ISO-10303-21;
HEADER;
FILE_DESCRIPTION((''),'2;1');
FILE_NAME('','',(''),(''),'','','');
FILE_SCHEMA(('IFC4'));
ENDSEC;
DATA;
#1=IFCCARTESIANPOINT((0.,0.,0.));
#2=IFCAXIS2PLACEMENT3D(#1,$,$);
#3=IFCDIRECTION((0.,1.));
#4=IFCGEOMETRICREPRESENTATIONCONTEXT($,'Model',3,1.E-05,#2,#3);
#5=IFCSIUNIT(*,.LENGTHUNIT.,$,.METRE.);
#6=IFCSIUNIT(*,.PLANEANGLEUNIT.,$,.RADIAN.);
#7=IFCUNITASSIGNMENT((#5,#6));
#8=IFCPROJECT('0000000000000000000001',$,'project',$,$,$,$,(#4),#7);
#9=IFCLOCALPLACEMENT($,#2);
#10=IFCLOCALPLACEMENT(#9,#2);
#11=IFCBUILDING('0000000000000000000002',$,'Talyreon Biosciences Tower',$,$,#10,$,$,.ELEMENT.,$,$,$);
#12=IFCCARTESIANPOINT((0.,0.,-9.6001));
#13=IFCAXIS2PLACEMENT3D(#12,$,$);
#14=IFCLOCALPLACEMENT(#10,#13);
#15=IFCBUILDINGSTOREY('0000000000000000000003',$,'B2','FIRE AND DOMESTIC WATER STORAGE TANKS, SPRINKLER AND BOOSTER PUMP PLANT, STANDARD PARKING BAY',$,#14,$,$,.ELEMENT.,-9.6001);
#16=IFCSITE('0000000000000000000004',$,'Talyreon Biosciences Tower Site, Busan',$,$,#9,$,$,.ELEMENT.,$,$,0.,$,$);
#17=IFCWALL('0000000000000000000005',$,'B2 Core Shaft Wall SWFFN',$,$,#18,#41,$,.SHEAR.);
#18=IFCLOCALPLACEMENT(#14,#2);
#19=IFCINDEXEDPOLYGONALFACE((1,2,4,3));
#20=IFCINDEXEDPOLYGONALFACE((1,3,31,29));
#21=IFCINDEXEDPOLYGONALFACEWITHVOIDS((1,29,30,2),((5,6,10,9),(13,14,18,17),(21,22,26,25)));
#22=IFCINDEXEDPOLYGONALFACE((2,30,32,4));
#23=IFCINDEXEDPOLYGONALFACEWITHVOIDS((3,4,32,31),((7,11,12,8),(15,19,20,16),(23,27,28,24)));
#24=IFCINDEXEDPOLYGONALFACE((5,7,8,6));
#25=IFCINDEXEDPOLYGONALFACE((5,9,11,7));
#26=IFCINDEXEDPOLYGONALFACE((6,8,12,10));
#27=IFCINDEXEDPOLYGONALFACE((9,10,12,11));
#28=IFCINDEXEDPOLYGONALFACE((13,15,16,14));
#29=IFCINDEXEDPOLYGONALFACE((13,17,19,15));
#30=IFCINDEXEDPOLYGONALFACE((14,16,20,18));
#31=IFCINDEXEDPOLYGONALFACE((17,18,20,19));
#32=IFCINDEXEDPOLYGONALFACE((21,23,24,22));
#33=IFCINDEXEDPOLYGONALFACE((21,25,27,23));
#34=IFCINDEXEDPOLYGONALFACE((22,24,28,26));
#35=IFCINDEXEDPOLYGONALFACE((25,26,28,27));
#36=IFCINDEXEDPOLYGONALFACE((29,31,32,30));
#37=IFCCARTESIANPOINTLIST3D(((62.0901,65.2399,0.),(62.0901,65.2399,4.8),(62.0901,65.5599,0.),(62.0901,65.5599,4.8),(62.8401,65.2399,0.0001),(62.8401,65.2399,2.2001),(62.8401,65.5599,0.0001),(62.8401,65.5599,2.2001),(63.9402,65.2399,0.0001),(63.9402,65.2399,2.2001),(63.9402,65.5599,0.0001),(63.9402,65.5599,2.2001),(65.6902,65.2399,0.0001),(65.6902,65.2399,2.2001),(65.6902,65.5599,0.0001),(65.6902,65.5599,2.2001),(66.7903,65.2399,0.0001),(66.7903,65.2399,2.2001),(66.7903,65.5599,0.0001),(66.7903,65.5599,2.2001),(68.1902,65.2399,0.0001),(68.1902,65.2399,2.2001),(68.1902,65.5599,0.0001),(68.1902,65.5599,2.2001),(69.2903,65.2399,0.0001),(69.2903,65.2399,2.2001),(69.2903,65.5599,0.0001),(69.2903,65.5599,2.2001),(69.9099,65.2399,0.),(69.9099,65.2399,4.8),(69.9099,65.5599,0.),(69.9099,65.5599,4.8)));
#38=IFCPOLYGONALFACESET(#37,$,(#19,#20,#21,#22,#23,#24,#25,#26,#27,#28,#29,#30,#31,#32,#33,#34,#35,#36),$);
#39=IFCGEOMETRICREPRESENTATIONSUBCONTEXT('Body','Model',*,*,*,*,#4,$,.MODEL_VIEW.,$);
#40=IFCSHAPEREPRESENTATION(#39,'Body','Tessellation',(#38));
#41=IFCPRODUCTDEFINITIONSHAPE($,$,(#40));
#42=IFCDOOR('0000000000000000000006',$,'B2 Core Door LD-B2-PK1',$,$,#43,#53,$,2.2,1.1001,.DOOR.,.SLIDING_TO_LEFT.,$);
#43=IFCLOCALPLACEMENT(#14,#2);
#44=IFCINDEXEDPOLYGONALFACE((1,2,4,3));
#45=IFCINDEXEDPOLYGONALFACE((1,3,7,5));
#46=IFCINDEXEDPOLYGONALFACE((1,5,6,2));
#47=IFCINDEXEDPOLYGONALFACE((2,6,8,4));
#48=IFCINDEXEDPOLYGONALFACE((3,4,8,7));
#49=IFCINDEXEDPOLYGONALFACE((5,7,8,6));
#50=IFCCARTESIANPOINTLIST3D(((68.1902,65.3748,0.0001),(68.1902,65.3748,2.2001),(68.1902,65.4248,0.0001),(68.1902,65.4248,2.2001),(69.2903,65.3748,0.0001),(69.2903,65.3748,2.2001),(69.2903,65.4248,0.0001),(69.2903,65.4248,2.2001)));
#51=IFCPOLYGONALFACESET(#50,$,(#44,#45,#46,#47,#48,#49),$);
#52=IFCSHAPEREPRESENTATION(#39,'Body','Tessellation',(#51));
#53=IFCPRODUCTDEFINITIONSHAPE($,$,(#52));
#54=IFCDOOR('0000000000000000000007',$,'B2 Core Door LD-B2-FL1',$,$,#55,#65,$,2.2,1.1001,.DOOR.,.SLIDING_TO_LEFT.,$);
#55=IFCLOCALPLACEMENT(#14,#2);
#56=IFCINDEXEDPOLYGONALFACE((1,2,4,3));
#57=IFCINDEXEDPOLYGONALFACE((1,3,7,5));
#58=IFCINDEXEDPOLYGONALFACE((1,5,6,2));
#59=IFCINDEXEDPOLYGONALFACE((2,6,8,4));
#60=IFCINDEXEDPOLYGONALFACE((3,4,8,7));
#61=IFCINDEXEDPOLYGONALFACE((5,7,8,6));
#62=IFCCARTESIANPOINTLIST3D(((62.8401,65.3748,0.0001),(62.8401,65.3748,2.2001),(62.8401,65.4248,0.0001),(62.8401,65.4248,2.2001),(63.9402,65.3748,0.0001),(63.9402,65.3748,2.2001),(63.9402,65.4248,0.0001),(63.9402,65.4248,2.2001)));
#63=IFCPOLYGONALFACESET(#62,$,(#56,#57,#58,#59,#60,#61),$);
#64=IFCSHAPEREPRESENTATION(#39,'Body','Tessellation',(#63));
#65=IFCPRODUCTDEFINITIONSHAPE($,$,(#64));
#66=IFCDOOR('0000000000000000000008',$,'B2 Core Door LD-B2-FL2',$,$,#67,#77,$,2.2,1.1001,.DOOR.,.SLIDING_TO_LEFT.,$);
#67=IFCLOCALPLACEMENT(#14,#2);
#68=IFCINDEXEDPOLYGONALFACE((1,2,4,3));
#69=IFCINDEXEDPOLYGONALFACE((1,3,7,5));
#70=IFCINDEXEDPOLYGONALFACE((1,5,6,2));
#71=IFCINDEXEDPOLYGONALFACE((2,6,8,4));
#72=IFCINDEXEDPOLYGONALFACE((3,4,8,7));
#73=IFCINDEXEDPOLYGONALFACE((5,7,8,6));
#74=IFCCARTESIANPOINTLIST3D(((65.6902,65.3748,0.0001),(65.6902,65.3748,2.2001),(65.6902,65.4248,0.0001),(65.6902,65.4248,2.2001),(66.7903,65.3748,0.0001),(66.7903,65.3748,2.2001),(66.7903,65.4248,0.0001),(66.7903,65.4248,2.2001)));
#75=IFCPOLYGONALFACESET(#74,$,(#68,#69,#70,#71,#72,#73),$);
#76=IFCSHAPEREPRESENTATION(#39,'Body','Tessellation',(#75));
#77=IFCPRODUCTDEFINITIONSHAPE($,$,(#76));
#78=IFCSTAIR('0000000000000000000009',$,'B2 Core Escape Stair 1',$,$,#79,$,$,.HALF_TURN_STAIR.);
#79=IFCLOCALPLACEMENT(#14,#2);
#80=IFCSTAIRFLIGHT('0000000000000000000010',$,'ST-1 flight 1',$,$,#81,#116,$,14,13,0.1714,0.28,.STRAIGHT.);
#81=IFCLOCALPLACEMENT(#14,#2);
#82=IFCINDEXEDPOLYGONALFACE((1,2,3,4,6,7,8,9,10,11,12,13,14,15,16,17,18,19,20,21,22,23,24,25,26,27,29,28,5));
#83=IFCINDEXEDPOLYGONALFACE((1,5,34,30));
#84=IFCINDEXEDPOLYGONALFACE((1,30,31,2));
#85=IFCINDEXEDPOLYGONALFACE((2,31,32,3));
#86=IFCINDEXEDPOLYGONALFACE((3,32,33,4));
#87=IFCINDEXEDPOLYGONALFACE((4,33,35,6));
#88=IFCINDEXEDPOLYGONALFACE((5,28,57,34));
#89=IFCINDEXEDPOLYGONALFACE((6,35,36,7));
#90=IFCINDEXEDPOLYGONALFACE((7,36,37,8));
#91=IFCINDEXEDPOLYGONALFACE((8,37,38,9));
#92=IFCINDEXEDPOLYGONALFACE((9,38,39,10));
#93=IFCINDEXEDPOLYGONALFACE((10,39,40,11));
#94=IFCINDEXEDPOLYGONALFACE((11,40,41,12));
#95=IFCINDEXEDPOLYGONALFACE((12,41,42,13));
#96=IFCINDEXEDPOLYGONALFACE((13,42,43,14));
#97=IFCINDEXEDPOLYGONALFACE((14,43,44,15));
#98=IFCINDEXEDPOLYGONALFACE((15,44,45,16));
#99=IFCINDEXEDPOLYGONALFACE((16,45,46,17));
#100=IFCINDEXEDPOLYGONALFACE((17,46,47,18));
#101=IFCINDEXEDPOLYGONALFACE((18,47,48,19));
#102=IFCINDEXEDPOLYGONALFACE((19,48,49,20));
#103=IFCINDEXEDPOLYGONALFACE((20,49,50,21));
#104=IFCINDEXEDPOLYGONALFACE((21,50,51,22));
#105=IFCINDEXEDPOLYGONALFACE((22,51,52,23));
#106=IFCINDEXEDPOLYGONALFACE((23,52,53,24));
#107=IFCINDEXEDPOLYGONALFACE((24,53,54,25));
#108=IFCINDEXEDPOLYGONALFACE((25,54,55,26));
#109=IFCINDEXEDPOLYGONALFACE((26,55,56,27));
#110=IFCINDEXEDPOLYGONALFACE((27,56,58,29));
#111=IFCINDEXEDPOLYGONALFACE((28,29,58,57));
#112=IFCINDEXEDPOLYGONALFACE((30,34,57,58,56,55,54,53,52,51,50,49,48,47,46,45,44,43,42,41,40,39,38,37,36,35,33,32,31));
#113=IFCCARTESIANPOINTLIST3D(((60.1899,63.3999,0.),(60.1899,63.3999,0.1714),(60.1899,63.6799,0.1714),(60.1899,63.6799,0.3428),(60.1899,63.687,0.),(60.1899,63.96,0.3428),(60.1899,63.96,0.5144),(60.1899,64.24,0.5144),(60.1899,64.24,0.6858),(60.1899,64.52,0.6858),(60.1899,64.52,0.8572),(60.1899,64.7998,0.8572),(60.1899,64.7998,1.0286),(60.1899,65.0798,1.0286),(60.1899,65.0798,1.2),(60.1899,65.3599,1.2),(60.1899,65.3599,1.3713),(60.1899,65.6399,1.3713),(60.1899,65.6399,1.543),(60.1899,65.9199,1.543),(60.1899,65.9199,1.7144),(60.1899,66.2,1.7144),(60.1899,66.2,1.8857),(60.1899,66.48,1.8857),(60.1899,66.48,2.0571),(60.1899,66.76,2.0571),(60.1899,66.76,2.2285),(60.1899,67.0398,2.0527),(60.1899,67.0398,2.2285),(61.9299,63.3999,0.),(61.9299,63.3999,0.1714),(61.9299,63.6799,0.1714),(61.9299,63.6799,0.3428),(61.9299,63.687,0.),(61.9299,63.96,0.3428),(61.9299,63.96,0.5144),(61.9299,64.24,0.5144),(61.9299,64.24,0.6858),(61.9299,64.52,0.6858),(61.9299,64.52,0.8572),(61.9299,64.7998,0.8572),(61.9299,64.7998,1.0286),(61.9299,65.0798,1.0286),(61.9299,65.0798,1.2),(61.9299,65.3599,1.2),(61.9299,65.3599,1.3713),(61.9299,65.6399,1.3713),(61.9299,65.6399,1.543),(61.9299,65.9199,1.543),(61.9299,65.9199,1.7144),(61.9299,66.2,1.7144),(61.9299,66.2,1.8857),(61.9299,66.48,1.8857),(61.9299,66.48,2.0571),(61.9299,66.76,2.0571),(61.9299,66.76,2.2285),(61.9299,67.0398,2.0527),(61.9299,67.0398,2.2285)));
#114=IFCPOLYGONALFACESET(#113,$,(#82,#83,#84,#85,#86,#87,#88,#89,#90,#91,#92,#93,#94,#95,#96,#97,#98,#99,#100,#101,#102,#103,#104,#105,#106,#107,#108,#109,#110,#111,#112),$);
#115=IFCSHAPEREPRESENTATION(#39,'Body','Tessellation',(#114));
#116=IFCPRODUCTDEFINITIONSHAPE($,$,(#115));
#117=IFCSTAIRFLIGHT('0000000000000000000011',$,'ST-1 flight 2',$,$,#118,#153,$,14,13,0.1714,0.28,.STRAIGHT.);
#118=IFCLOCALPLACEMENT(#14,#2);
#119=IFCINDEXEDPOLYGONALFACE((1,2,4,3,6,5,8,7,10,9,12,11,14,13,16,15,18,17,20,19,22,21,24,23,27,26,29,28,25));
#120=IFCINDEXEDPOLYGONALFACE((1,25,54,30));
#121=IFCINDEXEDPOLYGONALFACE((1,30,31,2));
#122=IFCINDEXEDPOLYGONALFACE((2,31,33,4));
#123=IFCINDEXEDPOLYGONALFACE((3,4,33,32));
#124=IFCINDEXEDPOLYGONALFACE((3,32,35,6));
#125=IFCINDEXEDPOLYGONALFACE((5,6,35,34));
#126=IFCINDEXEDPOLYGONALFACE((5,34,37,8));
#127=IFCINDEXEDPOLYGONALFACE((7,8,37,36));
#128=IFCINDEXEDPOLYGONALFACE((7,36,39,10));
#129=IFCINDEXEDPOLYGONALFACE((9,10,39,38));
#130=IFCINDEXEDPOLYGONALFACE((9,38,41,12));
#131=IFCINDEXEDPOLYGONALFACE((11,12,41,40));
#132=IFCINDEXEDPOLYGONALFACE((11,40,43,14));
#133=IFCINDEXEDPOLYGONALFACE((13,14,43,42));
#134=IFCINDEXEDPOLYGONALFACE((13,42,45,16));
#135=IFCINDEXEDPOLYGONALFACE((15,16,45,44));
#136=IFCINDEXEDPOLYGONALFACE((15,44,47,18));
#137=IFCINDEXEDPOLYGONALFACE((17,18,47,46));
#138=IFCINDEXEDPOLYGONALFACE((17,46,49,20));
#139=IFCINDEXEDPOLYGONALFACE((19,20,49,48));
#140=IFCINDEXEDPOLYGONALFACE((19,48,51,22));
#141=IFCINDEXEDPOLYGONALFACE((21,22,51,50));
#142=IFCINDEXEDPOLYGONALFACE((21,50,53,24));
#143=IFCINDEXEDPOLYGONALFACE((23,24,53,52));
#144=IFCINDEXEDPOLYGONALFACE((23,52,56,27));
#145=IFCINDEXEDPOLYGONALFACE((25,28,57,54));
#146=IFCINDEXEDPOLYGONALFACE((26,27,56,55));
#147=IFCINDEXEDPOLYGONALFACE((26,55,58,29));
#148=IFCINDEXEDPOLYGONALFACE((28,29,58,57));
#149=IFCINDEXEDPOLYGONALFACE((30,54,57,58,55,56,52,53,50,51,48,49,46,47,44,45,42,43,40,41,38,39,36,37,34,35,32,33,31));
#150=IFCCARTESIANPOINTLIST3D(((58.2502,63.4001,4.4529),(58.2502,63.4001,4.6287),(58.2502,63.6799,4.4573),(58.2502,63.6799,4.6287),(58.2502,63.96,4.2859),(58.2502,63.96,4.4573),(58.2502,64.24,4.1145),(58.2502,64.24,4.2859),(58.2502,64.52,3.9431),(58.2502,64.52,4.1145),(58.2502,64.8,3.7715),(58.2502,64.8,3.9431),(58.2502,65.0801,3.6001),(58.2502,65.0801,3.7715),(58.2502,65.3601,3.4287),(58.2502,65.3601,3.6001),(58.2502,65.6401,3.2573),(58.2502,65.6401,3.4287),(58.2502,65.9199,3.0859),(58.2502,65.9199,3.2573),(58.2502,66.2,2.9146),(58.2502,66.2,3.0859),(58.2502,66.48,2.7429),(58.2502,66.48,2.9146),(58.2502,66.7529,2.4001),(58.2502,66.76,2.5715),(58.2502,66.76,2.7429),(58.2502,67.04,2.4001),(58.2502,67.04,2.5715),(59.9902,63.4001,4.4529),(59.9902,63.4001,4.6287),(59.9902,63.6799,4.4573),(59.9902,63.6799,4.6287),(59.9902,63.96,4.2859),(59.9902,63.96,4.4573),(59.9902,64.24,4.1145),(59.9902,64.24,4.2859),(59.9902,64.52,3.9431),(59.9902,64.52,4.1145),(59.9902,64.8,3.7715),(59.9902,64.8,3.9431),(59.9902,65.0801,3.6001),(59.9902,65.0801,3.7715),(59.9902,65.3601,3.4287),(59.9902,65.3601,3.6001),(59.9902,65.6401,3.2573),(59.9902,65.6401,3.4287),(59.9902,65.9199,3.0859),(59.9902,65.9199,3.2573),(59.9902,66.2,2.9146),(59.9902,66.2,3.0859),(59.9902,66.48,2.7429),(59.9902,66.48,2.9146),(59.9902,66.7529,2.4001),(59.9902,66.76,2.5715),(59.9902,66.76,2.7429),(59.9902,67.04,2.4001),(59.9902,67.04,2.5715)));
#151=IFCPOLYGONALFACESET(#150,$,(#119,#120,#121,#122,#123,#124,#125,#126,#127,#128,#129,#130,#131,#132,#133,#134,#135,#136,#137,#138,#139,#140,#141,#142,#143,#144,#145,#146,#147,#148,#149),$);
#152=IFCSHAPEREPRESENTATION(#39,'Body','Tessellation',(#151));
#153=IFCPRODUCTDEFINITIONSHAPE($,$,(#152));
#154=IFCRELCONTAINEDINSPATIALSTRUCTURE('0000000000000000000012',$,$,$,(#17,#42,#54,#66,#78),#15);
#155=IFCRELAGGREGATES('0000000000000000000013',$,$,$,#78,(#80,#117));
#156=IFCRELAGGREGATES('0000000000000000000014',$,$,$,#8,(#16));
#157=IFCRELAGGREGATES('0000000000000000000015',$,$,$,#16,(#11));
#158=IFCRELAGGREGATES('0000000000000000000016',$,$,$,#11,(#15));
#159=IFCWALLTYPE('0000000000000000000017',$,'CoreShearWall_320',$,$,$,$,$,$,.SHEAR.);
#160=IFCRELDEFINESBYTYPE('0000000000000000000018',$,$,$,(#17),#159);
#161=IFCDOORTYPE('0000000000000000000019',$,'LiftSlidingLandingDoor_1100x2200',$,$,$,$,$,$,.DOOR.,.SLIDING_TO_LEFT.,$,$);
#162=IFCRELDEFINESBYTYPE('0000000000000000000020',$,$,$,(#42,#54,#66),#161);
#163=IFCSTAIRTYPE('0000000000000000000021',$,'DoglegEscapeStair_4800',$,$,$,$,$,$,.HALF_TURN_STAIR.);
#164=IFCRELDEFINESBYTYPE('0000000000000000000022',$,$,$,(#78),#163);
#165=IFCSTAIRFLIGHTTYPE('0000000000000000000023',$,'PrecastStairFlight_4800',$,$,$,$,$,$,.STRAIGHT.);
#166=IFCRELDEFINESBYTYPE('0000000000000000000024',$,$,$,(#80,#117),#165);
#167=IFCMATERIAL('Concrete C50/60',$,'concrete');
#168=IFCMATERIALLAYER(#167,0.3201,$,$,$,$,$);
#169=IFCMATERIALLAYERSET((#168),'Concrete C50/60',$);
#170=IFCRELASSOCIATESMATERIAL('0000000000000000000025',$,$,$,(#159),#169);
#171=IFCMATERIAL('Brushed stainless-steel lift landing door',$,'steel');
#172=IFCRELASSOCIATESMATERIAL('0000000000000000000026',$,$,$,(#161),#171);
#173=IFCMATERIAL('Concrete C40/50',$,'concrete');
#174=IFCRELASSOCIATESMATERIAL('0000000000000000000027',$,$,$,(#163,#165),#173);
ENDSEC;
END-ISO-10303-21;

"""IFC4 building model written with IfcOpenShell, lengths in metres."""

from ifc_helpers import new_model, si_unit, direction, frame, frame_2d, origin, place, context, subcontext, project, spatial, polyline, rectangle, outline, extrude, material, layer, layer_set, type_object, element, fill, aggregate, save


model = new_model("IFC4")

# Units and contexts
model_context = context("Model", 3, precision=1e-05, world=origin(), true_north=direction((0.0, 1.0)))
body_context = subcontext(model_context, "Body", "Model", "MODEL_VIEW")
ifc_project = project(units=[si_unit("LENGTHUNIT", "METRE"), si_unit("PLANEANGLEUNIT", "RADIAN")], contexts=[model_context])

# Site, building, storey
site_placement = place(None, origin())
site = spatial("IfcSite", under=ifc_project, at=site_placement, Name="Talyreon Biosciences Tower Site, Busan", CompositionType="ELEMENT", RefElevation=0.0)
building_placement = place(site_placement, origin())
building = spatial("IfcBuilding", under=site, at=building_placement, Name="Talyreon Biosciences Tower", CompositionType="ELEMENT")
storey_placement = place(building_placement, frame((0.0, 0.0, -9.6001)))
storey = spatial("IfcBuildingStorey", under=building, at=storey_placement, Name="B2", Description="FIRE AND DOMESTIC WATER STORAGE TANKS, SPRINKLER AND BOOSTER PUMP PLANT, STANDARD PARKING BAY", CompositionType="ELEMENT", Elevation=-9.6001)

# Shared definitions
ifc_material_1 = material(Name="Concrete C50/60", Category="concrete")

# Shared definitions
ifc_layer = layer(ifc_material_1, 0.3201)
ifc_layer_set = layer_set([ifc_layer], Name="Concrete C50/60")
wall_type = type_object("IfcWallType", Name="CoreShearWall_320", PredefinedType="SHEAR", material=ifc_layer_set)

# Wall, openings, doors
wall_1_placement = place(storey_placement, frame((62.0901, 65.3999, 0.0), z_axis=(0.0, 0.0, 1.0), x_axis=(1.0, 0.0, 0.0)))
wall_1 = element("IfcWall", 1, at=wall_1_placement, inside=storey, type_object=wall_type, Name="B2 Core Shaft Wall SWFFN", PredefinedType="SHEAR", context=body_context, shape_type="SweptSolid", body=[
    extrude(rectangle(XDim=7.8198, YDim=0.3201, at=frame_2d((3.9099, 0.0))), origin(), (0.0, 0.0, 1.0), 4.8),
])
opening_1_placement = place(wall_1_placement, frame((6.1001, 0.0, 0.0)))
opening_1 = element("IfcOpeningElement", 2, at=opening_1_placement, cuts=wall_1, PredefinedType="OPENING", context=body_context, shape_type="SweptSolid", body=[
    extrude(rectangle(XDim=1.1001, YDim=2.2, at=frame_2d((0.55, 1.1001))), frame((0.0, 0.1699, 0.0), z_axis=(0.0, -1.0, 0.0), x_axis=(1.0, 0.0, 0.0)), (0.0, 0.0, 1.0), 0.3401),
])
opening_2_placement = place(wall_1_placement, frame((0.75, 0.0, 0.0)))
opening_2 = element("IfcOpeningElement", 3, at=opening_2_placement, cuts=wall_1, PredefinedType="OPENING", context=body_context, shape_type="SweptSolid", body=[
    extrude(rectangle(XDim=1.1001, YDim=2.2, at=frame_2d((0.55, 1.1001))), frame((0.0, 0.1699, 0.0), z_axis=(0.0, -1.0, 0.0), x_axis=(1.0, 0.0, 0.0)), (0.0, 0.0, 1.0), 0.3401),
])
opening_3_placement = place(wall_1_placement, frame((3.6001, 0.0, 0.0)))
opening_3 = element("IfcOpeningElement", 4, at=opening_3_placement, cuts=wall_1, PredefinedType="OPENING", context=body_context, shape_type="SweptSolid", body=[
    extrude(rectangle(XDim=1.1001, YDim=2.2, at=frame_2d((0.55, 1.1001))), frame((0.0, 0.1699, 0.0), z_axis=(0.0, -1.0, 0.0), x_axis=(1.0, 0.0, 0.0)), (0.0, 0.0, 1.0), 0.3401),
])
ifc_material_2 = material(Name="Brushed stainless-steel lift landing door", Category="steel")
door_type_1 = type_object("IfcDoorType", Name="LiftSlidingLandingDoor_1100x2200", OperationType="SLIDING_TO_LEFT", PredefinedType="DOOR", material=ifc_material_2)
door_1_placement = place(opening_1_placement, origin())
door_1 = element("IfcDoor", 5, at=door_1_placement, inside=storey, type_object=door_type_1, Name="B2 Core Door LD-B2-PK1", OperationType="SLIDING_TO_LEFT", OverallHeight=2.2, OverallWidth=1.1001, PredefinedType="DOOR", context=body_context, shape_type="SweptSolid", body=[
    extrude(rectangle(XDim=1.1001, YDim=2.2, at=frame_2d((0.55, 1.1001))), frame((0.0, 0.0249, 0.0), z_axis=(0.0, -1.0, 0.0), x_axis=(1.0, 0.0, 0.0)), (0.0, 0.0, 1.0), 0.05),
])
fill(opening_1, door_1)
door_2_placement = place(opening_2_placement, origin())
door_2 = element("IfcDoor", 6, at=door_2_placement, inside=storey, type_object=door_type_1, Name="B2 Core Door LD-B2-FL1", OperationType="SLIDING_TO_LEFT", OverallHeight=2.2, OverallWidth=1.1001, PredefinedType="DOOR", context=body_context, shape_type="SweptSolid", body=[
    extrude(rectangle(XDim=1.1001, YDim=2.2, at=frame_2d((0.55, 1.1001))), frame((0.0, 0.0249, 0.0), z_axis=(0.0, -1.0, 0.0), x_axis=(1.0, 0.0, 0.0)), (0.0, 0.0, 1.0), 0.05),
])
fill(opening_2, door_2)
door_3_placement = place(opening_3_placement, origin())
door_3 = element("IfcDoor", 7, at=door_3_placement, inside=storey, type_object=door_type_1, Name="B2 Core Door LD-B2-FL2", OperationType="SLIDING_TO_LEFT", OverallHeight=2.2, OverallWidth=1.1001, PredefinedType="DOOR", context=body_context, shape_type="SweptSolid", body=[
    extrude(rectangle(XDim=1.1001, YDim=2.2, at=frame_2d((0.55, 1.1001))), frame((0.0, 0.0249, 0.0), z_axis=(0.0, -1.0, 0.0), x_axis=(1.0, 0.0, 0.0)), (0.0, 0.0, 1.0), 0.05),
])
fill(opening_3, door_3)

# Stair, stair flights
ifc_material_3 = material(Name="Concrete C40/50", Category="concrete")
stair_type = type_object("IfcStairType", Name="DoglegEscapeStair_4800", PredefinedType="HALF_TURN_STAIR", material=ifc_material_3)
stair_placement = place(storey_placement, origin())
stair = element("IfcStair", 8, at=stair_placement, inside=storey, type_object=stair_type, Name="B2 Core Escape Stair 1", PredefinedType="HALF_TURN_STAIR")
stair_flight_type = type_object("IfcStairFlightType", Name="PrecastStairFlight_4800", PredefinedType="STRAIGHT", material=ifc_material_3)
stair_flight_1_placement = place(storey_placement, frame((61.0601, 63.3999, 0.0), z_axis=(0.0, 0.0, 1.0), x_axis=(0.0, 1.0, 0.0)))
stair_flight_1 = element("IfcStairFlight", 9, at=stair_flight_1_placement, type_object=stair_flight_type, Name="ST-1 flight 1", NumberOfRisers=14, NumberOfTreads=13, PredefinedType="STRAIGHT", RiserHeight=0.1714, TreadLength=0.28, context=body_context, shape_type="SweptSolid", body=[
    extrude(outline(polyline([(0.0, 0.0), (0.0, 0.1714), (0.28, 0.1714), (0.28, 0.3428), (0.5601, 0.3428), (0.5601, 0.5144), (0.8401, 0.5144), (0.8401, 0.6858), (1.1201, 0.6858), (1.1201, 0.8572), (1.3999, 0.8572), (1.3999, 1.0286), (1.6799, 1.0286), (1.6799, 1.2), (1.96, 1.2), (1.96, 1.3713), (2.24, 1.3713), (2.24, 1.543), (2.52, 1.543), (2.52, 1.7144), (2.8, 1.7144), (2.8, 1.8857), (3.0801, 1.8857), (3.0801, 2.0571), (3.3601, 2.0571), (3.3601, 2.2285), (3.6399, 2.2285), (3.6399, 2.3999), (3.6399, 2.0527), (0.2871, 0.0), (0.0, 0.0)])), frame((0.0, 0.8701, 0.0), z_axis=(0.0, -1.0, 0.0), x_axis=(1.0, 0.0, 0.0)), (0.0, 0.0, 1.0), 1.74),
])
stair_flight_2_placement = place(storey_placement, frame((59.1201, 67.04, 2.4001), z_axis=(0.0, 0.0, 1.0), x_axis=(0.0, -1.0, 0.0)))
stair_flight_2 = element("IfcStairFlight", 10, at=stair_flight_2_placement, type_object=stair_flight_type, Name="ST-1 flight 2", NumberOfRisers=14, NumberOfTreads=13, PredefinedType="STRAIGHT", RiserHeight=0.1714, TreadLength=0.28, context=body_context, shape_type="SweptSolid", body=[
    extrude(outline(polyline([(0.0, 0.0), (0.0, 0.1714), (0.28, 0.1714), (0.28, 0.3428), (0.5601, 0.3428), (0.5601, 0.5144), (0.8401, 0.5144), (0.8401, 0.6858), (1.1201, 0.6858), (1.1201, 0.8572), (1.3999, 0.8572), (1.3999, 1.0286), (1.6799, 1.0286), (1.6799, 1.2), (1.96, 1.2), (1.96, 1.3713), (2.24, 1.3713), (2.24, 1.543), (2.52, 1.543), (2.52, 1.7144), (2.8, 1.7144), (2.8, 1.8857), (3.0801, 1.8857), (3.0801, 2.0571), (3.3601, 2.0571), (3.3601, 2.2285), (3.6399, 2.2285), (3.6399, 2.3999), (3.6399, 2.0527), (0.2871, 0.0), (0.0, 0.0)])), frame((0.0, 0.8701, 0.0), z_axis=(0.0, -1.0, 0.0), x_axis=(1.0, 0.0, 0.0)), (0.0, 0.0, 1.0), 1.74),
])
aggregate(stair, [stair_flight_1, stair_flight_2])

save(model, "model.ifc")
